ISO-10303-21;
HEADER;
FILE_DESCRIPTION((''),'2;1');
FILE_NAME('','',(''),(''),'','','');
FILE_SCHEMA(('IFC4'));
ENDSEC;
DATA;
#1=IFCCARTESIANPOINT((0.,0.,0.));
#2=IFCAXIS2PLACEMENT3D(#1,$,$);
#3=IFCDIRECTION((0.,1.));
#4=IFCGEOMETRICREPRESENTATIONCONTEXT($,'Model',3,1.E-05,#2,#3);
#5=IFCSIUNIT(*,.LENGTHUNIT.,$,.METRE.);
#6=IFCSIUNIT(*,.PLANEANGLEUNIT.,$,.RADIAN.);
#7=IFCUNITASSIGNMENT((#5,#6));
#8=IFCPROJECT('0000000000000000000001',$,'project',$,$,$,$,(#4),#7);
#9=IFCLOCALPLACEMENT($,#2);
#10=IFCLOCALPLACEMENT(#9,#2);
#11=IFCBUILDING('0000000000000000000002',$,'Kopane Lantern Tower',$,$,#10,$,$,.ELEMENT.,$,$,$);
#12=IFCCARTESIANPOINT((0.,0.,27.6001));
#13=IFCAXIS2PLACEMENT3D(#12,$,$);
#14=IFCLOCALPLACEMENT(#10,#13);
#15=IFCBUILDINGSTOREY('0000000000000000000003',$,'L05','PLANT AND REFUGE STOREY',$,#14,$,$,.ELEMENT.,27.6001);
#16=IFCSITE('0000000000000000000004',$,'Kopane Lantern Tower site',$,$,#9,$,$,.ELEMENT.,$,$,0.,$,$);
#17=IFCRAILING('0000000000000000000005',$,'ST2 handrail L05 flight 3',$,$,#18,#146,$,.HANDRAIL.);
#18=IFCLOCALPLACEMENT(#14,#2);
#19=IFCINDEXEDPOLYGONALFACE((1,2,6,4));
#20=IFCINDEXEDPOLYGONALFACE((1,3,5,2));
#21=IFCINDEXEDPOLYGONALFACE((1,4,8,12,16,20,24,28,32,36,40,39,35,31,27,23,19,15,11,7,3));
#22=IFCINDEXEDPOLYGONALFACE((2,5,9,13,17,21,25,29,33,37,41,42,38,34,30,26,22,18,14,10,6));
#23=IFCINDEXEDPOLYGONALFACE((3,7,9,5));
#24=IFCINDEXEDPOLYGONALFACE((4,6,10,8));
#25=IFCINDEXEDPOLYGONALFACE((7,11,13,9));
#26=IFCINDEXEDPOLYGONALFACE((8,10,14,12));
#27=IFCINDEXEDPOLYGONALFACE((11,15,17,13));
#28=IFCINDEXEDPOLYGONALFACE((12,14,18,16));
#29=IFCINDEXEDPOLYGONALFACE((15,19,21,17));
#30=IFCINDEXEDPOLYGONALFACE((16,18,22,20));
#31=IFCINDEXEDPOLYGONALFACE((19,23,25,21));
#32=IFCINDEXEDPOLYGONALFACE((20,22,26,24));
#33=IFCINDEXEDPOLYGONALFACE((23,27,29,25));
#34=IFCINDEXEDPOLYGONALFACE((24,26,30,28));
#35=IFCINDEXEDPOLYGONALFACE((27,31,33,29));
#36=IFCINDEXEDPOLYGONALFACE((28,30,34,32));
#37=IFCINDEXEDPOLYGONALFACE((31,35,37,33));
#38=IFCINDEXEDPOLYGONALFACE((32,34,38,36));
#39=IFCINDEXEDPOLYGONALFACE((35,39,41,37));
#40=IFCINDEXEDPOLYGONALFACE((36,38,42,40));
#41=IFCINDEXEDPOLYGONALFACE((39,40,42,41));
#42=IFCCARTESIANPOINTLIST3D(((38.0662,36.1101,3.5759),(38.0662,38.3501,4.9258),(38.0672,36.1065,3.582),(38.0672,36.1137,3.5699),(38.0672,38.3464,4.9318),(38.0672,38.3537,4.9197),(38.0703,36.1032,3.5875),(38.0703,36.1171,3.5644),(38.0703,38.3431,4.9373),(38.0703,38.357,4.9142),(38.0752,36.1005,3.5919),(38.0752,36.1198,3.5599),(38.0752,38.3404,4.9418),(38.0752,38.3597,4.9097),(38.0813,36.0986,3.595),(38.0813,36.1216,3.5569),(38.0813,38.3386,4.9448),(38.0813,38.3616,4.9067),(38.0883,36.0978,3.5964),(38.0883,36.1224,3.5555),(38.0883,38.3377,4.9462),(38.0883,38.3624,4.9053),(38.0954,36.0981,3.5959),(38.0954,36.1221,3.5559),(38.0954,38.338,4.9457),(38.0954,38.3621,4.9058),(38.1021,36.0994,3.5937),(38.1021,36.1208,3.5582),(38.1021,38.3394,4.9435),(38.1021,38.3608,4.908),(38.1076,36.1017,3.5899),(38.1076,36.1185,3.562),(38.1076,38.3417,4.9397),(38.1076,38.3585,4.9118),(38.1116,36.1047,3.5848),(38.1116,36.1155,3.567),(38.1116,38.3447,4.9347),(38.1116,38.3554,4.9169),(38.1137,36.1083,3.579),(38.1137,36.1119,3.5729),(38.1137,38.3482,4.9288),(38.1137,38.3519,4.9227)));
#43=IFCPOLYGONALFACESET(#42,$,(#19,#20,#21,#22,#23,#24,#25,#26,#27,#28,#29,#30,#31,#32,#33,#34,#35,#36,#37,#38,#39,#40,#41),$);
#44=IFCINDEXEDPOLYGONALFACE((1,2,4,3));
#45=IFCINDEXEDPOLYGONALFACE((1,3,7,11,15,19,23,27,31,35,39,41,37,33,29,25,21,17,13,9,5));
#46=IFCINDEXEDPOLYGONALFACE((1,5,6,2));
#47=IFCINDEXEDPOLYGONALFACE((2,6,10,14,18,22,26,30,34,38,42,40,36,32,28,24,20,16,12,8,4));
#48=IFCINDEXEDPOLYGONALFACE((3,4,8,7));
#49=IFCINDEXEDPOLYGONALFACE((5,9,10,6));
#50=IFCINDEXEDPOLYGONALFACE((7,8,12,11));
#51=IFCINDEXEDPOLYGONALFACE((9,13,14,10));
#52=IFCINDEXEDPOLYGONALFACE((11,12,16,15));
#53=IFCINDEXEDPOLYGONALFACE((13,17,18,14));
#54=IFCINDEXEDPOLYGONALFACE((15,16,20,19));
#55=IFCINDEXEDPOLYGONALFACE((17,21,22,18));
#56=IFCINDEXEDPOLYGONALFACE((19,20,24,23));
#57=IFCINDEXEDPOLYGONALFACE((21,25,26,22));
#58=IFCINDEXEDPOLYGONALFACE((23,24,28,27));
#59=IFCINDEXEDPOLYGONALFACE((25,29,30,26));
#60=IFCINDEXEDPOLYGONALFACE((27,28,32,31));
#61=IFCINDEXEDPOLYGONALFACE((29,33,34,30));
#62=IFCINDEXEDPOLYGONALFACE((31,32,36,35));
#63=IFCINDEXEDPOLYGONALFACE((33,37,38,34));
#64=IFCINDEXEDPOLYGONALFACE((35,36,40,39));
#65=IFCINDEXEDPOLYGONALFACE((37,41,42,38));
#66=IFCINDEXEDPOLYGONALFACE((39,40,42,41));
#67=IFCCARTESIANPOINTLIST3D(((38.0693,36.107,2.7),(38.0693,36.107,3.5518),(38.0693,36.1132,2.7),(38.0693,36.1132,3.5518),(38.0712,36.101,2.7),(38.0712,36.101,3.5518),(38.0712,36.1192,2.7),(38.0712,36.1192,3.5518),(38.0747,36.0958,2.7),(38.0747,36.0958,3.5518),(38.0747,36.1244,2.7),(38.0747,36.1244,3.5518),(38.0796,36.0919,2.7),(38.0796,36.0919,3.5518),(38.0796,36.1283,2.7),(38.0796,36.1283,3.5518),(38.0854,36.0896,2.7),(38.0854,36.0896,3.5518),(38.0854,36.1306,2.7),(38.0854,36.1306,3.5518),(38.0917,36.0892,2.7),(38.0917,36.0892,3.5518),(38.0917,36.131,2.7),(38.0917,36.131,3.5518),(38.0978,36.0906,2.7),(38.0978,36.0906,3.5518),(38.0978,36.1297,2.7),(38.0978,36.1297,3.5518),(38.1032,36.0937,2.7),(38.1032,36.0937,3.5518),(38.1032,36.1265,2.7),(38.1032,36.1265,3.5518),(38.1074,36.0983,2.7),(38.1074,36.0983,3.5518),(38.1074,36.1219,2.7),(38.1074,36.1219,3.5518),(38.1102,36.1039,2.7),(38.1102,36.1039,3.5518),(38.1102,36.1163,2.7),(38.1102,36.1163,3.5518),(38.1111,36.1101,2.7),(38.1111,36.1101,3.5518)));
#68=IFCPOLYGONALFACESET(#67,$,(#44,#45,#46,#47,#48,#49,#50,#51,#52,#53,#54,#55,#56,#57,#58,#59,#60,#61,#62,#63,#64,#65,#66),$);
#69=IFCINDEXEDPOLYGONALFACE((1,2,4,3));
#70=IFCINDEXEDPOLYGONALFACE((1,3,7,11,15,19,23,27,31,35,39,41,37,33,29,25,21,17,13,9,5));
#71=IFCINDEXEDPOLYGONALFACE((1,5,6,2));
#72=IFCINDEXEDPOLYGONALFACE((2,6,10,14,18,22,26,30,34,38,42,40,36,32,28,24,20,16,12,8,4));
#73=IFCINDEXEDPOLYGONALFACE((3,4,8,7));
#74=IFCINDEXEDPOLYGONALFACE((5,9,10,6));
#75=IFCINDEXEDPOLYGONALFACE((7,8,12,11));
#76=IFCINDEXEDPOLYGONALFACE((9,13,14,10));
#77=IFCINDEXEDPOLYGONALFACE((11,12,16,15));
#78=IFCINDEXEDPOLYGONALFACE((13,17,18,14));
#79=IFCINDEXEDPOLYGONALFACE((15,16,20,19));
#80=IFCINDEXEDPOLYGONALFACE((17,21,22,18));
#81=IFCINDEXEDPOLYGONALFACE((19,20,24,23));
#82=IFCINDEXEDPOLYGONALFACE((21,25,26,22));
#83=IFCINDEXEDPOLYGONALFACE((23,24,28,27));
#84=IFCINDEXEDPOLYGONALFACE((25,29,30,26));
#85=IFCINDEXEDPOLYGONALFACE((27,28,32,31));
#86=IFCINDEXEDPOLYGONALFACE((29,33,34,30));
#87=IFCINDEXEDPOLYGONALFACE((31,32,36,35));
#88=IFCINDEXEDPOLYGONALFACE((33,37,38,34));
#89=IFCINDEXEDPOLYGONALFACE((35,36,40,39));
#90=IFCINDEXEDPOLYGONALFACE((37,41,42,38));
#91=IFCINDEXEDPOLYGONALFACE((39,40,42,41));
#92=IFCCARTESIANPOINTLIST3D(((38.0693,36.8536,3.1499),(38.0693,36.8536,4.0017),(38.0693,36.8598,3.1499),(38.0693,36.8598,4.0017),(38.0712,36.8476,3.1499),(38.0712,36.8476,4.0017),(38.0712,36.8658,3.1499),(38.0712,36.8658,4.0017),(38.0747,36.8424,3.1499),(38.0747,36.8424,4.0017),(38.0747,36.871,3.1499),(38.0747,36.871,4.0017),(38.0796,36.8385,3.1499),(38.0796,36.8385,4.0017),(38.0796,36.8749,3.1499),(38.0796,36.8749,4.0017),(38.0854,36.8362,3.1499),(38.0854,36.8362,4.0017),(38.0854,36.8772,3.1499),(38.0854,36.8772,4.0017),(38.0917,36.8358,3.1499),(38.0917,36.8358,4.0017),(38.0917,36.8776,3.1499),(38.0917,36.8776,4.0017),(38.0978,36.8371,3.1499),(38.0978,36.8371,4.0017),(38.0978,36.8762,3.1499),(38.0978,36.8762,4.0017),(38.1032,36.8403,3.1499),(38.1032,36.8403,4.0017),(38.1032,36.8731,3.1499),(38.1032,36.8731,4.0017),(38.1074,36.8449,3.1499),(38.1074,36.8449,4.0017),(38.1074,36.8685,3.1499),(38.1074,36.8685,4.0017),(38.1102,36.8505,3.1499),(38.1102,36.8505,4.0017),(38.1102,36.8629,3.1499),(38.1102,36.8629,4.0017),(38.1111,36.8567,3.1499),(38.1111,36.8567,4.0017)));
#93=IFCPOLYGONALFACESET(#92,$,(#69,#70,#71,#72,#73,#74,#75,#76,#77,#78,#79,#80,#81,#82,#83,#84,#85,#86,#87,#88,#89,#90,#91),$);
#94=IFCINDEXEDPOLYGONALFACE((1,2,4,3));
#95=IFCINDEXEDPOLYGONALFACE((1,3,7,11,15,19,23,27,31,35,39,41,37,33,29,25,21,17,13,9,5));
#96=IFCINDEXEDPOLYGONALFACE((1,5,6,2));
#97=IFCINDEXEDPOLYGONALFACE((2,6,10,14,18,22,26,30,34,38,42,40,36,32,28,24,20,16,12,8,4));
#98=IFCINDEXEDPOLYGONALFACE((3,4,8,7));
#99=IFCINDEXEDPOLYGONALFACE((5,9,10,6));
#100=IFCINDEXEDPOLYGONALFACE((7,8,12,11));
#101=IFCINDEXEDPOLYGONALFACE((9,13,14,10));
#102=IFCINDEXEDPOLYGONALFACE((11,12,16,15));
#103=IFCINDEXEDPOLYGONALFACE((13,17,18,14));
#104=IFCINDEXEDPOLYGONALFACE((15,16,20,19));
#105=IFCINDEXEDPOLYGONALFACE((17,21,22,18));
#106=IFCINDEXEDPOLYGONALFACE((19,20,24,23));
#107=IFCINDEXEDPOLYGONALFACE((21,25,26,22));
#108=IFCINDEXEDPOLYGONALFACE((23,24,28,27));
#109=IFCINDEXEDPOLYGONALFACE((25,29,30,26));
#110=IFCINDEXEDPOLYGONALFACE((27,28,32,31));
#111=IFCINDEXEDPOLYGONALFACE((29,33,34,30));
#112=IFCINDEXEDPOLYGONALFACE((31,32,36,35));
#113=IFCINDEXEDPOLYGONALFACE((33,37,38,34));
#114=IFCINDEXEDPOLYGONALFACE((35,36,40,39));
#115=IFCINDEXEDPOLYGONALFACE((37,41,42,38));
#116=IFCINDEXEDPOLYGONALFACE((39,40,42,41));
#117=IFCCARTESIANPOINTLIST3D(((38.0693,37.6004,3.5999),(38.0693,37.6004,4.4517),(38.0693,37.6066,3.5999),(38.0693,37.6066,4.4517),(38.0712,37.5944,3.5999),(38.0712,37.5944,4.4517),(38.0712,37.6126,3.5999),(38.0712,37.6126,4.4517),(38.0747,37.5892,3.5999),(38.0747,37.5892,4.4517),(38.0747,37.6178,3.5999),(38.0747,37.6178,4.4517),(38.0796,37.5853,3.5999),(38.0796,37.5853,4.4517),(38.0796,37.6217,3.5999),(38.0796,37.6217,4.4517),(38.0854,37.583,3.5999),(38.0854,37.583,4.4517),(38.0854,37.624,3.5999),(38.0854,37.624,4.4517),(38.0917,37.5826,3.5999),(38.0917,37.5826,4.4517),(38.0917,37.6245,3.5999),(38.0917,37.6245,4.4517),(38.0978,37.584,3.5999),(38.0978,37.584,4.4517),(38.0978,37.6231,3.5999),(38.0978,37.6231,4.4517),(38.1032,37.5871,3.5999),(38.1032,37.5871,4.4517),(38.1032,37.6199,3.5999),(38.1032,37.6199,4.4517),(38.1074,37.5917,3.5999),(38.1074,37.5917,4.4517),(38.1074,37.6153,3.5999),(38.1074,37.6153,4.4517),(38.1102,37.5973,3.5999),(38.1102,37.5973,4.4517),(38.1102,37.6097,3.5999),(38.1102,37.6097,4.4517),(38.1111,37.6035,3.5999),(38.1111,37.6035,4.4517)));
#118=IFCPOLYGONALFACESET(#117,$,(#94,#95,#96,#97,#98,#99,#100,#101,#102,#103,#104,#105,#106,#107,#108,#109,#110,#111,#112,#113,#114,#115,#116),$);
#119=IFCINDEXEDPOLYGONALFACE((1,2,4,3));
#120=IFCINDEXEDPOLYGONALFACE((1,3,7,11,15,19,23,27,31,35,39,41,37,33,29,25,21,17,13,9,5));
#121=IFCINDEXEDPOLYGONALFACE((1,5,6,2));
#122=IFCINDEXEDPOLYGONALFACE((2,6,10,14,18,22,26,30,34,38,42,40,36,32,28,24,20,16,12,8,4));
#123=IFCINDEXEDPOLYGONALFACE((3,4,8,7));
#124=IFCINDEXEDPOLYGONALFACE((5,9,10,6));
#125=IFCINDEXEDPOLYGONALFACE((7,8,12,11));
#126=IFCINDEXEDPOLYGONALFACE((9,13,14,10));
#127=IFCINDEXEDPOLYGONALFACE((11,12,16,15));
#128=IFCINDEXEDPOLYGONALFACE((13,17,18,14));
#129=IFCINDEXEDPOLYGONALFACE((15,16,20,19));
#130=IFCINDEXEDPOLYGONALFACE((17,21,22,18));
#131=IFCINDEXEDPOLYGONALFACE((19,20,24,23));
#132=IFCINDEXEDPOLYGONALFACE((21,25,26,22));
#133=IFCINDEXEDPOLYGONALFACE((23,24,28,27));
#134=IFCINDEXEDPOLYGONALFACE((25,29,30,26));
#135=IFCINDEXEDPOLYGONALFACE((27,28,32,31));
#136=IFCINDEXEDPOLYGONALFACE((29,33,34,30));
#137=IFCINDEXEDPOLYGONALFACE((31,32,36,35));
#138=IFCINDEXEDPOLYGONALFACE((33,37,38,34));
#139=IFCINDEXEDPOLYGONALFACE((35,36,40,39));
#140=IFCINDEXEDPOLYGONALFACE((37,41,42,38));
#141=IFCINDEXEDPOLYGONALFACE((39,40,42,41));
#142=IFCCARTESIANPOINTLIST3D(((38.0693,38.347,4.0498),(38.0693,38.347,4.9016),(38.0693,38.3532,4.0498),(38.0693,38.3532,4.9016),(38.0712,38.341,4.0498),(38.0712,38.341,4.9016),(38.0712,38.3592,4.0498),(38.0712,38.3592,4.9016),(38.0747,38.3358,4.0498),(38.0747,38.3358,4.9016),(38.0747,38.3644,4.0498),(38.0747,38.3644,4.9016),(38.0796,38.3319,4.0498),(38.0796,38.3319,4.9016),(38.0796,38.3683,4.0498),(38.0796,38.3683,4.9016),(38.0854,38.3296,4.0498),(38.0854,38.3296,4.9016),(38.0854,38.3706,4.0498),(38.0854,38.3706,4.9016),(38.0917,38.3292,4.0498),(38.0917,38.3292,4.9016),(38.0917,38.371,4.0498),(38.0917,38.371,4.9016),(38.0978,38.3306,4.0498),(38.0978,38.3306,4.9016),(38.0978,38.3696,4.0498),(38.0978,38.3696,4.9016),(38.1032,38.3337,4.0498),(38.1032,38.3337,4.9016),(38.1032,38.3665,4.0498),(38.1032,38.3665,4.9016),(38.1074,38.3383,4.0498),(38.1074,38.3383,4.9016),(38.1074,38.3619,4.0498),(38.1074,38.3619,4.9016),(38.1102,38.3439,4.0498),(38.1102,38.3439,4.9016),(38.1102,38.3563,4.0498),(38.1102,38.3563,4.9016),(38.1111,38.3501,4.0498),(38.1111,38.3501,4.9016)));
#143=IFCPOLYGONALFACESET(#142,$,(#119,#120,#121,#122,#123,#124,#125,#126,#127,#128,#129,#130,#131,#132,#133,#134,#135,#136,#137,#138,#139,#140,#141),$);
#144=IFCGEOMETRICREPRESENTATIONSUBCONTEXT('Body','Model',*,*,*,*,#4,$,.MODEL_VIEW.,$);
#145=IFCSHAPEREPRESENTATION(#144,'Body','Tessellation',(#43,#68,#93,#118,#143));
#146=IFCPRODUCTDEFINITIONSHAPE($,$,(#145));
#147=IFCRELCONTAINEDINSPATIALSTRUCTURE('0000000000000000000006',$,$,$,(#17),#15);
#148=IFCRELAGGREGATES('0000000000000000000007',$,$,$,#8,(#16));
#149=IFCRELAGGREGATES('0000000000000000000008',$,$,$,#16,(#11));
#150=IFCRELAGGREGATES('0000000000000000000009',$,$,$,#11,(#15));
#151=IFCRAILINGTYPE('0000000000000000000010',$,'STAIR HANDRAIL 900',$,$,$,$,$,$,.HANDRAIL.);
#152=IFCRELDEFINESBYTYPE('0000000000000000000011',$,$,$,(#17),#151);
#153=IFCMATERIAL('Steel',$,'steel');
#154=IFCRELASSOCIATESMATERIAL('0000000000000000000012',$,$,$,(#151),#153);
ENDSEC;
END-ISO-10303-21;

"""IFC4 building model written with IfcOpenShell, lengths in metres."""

from ifc_helpers import new_model, si_unit, direction, frame, origin, origin_2d, place, context, subcontext, project, spatial, circle, extrude, material, type_object, element, save


model = new_model("IFC4")

# Units and contexts
model_context = context("Model", 3, precision=1e-05, world=origin(), true_north=direction((0.0, 1.0)))
body_context = subcontext(model_context, "Body", "Model", "MODEL_VIEW")
ifc_project = project(units=[si_unit("LENGTHUNIT", "METRE"), si_unit("PLANEANGLEUNIT", "RADIAN")], contexts=[model_context])

# Site, building, storey
site_placement = place(None, origin())
site = spatial("IfcSite", under=ifc_project, at=site_placement, Name="Kopane Lantern Tower site", CompositionType="ELEMENT", RefElevation=0.0)
building_placement = place(site_placement, origin())
building = spatial("IfcBuilding", under=site, at=building_placement, Name="Kopane Lantern Tower", CompositionType="ELEMENT")
storey_placement = place(building_placement, frame((0.0, 0.0, 27.6001)))
storey = spatial("IfcBuildingStorey", under=building, at=storey_placement, Name="L05", Description="PLANT AND REFUGE STOREY", CompositionType="ELEMENT", Elevation=27.6001)

# Railing
ifc_material_1 = material(Name="Steel", Category="steel")
railing_type_1 = type_object("IfcRailingType", Name="STAIR HANDRAIL 900", PredefinedType="HANDRAIL", material=ifc_material_1)
for number, where, name in (
    (1, (38.0901, 36.1101, 2.7), "ST2 handrail L05 flight 3"),
):
    element("IfcRailing", number, at=place(storey_placement, frame(where)), inside=storey, type_object=railing_type_1, Name=name, PredefinedType="HANDRAIL", context=body_context, shape_type="SweptSolid", body=[
        extrude(circle(Radius=0.0239, at=origin_2d()), frame((0.0, 0.0, 0.876), z_axis=(0.0, 0.856503, 0.516142), x_axis=(-1.0, 0.0, 0.0)), (0.0, 0.0, 1.0), 2.6152),
        extrude(circle(Radius=0.021, at=origin_2d()), origin(), (0.0, 0.0, 1.0), 0.8518),
        extrude(circle(Radius=0.021, at=origin_2d()), frame((0.0, 0.7466, 0.45)), (0.0, 0.0, 1.0), 0.8518),
        extrude(circle(Radius=0.021, at=origin_2d()), frame((0.0, 1.4934, 0.8999)), (0.0, 0.0, 1.0), 0.8518),
        extrude(circle(Radius=0.021, at=origin_2d()), frame((0.0, 2.24, 1.3499)), (0.0, 0.0, 1.0), 0.8518),
    ])

save(model, "model.ifc")
